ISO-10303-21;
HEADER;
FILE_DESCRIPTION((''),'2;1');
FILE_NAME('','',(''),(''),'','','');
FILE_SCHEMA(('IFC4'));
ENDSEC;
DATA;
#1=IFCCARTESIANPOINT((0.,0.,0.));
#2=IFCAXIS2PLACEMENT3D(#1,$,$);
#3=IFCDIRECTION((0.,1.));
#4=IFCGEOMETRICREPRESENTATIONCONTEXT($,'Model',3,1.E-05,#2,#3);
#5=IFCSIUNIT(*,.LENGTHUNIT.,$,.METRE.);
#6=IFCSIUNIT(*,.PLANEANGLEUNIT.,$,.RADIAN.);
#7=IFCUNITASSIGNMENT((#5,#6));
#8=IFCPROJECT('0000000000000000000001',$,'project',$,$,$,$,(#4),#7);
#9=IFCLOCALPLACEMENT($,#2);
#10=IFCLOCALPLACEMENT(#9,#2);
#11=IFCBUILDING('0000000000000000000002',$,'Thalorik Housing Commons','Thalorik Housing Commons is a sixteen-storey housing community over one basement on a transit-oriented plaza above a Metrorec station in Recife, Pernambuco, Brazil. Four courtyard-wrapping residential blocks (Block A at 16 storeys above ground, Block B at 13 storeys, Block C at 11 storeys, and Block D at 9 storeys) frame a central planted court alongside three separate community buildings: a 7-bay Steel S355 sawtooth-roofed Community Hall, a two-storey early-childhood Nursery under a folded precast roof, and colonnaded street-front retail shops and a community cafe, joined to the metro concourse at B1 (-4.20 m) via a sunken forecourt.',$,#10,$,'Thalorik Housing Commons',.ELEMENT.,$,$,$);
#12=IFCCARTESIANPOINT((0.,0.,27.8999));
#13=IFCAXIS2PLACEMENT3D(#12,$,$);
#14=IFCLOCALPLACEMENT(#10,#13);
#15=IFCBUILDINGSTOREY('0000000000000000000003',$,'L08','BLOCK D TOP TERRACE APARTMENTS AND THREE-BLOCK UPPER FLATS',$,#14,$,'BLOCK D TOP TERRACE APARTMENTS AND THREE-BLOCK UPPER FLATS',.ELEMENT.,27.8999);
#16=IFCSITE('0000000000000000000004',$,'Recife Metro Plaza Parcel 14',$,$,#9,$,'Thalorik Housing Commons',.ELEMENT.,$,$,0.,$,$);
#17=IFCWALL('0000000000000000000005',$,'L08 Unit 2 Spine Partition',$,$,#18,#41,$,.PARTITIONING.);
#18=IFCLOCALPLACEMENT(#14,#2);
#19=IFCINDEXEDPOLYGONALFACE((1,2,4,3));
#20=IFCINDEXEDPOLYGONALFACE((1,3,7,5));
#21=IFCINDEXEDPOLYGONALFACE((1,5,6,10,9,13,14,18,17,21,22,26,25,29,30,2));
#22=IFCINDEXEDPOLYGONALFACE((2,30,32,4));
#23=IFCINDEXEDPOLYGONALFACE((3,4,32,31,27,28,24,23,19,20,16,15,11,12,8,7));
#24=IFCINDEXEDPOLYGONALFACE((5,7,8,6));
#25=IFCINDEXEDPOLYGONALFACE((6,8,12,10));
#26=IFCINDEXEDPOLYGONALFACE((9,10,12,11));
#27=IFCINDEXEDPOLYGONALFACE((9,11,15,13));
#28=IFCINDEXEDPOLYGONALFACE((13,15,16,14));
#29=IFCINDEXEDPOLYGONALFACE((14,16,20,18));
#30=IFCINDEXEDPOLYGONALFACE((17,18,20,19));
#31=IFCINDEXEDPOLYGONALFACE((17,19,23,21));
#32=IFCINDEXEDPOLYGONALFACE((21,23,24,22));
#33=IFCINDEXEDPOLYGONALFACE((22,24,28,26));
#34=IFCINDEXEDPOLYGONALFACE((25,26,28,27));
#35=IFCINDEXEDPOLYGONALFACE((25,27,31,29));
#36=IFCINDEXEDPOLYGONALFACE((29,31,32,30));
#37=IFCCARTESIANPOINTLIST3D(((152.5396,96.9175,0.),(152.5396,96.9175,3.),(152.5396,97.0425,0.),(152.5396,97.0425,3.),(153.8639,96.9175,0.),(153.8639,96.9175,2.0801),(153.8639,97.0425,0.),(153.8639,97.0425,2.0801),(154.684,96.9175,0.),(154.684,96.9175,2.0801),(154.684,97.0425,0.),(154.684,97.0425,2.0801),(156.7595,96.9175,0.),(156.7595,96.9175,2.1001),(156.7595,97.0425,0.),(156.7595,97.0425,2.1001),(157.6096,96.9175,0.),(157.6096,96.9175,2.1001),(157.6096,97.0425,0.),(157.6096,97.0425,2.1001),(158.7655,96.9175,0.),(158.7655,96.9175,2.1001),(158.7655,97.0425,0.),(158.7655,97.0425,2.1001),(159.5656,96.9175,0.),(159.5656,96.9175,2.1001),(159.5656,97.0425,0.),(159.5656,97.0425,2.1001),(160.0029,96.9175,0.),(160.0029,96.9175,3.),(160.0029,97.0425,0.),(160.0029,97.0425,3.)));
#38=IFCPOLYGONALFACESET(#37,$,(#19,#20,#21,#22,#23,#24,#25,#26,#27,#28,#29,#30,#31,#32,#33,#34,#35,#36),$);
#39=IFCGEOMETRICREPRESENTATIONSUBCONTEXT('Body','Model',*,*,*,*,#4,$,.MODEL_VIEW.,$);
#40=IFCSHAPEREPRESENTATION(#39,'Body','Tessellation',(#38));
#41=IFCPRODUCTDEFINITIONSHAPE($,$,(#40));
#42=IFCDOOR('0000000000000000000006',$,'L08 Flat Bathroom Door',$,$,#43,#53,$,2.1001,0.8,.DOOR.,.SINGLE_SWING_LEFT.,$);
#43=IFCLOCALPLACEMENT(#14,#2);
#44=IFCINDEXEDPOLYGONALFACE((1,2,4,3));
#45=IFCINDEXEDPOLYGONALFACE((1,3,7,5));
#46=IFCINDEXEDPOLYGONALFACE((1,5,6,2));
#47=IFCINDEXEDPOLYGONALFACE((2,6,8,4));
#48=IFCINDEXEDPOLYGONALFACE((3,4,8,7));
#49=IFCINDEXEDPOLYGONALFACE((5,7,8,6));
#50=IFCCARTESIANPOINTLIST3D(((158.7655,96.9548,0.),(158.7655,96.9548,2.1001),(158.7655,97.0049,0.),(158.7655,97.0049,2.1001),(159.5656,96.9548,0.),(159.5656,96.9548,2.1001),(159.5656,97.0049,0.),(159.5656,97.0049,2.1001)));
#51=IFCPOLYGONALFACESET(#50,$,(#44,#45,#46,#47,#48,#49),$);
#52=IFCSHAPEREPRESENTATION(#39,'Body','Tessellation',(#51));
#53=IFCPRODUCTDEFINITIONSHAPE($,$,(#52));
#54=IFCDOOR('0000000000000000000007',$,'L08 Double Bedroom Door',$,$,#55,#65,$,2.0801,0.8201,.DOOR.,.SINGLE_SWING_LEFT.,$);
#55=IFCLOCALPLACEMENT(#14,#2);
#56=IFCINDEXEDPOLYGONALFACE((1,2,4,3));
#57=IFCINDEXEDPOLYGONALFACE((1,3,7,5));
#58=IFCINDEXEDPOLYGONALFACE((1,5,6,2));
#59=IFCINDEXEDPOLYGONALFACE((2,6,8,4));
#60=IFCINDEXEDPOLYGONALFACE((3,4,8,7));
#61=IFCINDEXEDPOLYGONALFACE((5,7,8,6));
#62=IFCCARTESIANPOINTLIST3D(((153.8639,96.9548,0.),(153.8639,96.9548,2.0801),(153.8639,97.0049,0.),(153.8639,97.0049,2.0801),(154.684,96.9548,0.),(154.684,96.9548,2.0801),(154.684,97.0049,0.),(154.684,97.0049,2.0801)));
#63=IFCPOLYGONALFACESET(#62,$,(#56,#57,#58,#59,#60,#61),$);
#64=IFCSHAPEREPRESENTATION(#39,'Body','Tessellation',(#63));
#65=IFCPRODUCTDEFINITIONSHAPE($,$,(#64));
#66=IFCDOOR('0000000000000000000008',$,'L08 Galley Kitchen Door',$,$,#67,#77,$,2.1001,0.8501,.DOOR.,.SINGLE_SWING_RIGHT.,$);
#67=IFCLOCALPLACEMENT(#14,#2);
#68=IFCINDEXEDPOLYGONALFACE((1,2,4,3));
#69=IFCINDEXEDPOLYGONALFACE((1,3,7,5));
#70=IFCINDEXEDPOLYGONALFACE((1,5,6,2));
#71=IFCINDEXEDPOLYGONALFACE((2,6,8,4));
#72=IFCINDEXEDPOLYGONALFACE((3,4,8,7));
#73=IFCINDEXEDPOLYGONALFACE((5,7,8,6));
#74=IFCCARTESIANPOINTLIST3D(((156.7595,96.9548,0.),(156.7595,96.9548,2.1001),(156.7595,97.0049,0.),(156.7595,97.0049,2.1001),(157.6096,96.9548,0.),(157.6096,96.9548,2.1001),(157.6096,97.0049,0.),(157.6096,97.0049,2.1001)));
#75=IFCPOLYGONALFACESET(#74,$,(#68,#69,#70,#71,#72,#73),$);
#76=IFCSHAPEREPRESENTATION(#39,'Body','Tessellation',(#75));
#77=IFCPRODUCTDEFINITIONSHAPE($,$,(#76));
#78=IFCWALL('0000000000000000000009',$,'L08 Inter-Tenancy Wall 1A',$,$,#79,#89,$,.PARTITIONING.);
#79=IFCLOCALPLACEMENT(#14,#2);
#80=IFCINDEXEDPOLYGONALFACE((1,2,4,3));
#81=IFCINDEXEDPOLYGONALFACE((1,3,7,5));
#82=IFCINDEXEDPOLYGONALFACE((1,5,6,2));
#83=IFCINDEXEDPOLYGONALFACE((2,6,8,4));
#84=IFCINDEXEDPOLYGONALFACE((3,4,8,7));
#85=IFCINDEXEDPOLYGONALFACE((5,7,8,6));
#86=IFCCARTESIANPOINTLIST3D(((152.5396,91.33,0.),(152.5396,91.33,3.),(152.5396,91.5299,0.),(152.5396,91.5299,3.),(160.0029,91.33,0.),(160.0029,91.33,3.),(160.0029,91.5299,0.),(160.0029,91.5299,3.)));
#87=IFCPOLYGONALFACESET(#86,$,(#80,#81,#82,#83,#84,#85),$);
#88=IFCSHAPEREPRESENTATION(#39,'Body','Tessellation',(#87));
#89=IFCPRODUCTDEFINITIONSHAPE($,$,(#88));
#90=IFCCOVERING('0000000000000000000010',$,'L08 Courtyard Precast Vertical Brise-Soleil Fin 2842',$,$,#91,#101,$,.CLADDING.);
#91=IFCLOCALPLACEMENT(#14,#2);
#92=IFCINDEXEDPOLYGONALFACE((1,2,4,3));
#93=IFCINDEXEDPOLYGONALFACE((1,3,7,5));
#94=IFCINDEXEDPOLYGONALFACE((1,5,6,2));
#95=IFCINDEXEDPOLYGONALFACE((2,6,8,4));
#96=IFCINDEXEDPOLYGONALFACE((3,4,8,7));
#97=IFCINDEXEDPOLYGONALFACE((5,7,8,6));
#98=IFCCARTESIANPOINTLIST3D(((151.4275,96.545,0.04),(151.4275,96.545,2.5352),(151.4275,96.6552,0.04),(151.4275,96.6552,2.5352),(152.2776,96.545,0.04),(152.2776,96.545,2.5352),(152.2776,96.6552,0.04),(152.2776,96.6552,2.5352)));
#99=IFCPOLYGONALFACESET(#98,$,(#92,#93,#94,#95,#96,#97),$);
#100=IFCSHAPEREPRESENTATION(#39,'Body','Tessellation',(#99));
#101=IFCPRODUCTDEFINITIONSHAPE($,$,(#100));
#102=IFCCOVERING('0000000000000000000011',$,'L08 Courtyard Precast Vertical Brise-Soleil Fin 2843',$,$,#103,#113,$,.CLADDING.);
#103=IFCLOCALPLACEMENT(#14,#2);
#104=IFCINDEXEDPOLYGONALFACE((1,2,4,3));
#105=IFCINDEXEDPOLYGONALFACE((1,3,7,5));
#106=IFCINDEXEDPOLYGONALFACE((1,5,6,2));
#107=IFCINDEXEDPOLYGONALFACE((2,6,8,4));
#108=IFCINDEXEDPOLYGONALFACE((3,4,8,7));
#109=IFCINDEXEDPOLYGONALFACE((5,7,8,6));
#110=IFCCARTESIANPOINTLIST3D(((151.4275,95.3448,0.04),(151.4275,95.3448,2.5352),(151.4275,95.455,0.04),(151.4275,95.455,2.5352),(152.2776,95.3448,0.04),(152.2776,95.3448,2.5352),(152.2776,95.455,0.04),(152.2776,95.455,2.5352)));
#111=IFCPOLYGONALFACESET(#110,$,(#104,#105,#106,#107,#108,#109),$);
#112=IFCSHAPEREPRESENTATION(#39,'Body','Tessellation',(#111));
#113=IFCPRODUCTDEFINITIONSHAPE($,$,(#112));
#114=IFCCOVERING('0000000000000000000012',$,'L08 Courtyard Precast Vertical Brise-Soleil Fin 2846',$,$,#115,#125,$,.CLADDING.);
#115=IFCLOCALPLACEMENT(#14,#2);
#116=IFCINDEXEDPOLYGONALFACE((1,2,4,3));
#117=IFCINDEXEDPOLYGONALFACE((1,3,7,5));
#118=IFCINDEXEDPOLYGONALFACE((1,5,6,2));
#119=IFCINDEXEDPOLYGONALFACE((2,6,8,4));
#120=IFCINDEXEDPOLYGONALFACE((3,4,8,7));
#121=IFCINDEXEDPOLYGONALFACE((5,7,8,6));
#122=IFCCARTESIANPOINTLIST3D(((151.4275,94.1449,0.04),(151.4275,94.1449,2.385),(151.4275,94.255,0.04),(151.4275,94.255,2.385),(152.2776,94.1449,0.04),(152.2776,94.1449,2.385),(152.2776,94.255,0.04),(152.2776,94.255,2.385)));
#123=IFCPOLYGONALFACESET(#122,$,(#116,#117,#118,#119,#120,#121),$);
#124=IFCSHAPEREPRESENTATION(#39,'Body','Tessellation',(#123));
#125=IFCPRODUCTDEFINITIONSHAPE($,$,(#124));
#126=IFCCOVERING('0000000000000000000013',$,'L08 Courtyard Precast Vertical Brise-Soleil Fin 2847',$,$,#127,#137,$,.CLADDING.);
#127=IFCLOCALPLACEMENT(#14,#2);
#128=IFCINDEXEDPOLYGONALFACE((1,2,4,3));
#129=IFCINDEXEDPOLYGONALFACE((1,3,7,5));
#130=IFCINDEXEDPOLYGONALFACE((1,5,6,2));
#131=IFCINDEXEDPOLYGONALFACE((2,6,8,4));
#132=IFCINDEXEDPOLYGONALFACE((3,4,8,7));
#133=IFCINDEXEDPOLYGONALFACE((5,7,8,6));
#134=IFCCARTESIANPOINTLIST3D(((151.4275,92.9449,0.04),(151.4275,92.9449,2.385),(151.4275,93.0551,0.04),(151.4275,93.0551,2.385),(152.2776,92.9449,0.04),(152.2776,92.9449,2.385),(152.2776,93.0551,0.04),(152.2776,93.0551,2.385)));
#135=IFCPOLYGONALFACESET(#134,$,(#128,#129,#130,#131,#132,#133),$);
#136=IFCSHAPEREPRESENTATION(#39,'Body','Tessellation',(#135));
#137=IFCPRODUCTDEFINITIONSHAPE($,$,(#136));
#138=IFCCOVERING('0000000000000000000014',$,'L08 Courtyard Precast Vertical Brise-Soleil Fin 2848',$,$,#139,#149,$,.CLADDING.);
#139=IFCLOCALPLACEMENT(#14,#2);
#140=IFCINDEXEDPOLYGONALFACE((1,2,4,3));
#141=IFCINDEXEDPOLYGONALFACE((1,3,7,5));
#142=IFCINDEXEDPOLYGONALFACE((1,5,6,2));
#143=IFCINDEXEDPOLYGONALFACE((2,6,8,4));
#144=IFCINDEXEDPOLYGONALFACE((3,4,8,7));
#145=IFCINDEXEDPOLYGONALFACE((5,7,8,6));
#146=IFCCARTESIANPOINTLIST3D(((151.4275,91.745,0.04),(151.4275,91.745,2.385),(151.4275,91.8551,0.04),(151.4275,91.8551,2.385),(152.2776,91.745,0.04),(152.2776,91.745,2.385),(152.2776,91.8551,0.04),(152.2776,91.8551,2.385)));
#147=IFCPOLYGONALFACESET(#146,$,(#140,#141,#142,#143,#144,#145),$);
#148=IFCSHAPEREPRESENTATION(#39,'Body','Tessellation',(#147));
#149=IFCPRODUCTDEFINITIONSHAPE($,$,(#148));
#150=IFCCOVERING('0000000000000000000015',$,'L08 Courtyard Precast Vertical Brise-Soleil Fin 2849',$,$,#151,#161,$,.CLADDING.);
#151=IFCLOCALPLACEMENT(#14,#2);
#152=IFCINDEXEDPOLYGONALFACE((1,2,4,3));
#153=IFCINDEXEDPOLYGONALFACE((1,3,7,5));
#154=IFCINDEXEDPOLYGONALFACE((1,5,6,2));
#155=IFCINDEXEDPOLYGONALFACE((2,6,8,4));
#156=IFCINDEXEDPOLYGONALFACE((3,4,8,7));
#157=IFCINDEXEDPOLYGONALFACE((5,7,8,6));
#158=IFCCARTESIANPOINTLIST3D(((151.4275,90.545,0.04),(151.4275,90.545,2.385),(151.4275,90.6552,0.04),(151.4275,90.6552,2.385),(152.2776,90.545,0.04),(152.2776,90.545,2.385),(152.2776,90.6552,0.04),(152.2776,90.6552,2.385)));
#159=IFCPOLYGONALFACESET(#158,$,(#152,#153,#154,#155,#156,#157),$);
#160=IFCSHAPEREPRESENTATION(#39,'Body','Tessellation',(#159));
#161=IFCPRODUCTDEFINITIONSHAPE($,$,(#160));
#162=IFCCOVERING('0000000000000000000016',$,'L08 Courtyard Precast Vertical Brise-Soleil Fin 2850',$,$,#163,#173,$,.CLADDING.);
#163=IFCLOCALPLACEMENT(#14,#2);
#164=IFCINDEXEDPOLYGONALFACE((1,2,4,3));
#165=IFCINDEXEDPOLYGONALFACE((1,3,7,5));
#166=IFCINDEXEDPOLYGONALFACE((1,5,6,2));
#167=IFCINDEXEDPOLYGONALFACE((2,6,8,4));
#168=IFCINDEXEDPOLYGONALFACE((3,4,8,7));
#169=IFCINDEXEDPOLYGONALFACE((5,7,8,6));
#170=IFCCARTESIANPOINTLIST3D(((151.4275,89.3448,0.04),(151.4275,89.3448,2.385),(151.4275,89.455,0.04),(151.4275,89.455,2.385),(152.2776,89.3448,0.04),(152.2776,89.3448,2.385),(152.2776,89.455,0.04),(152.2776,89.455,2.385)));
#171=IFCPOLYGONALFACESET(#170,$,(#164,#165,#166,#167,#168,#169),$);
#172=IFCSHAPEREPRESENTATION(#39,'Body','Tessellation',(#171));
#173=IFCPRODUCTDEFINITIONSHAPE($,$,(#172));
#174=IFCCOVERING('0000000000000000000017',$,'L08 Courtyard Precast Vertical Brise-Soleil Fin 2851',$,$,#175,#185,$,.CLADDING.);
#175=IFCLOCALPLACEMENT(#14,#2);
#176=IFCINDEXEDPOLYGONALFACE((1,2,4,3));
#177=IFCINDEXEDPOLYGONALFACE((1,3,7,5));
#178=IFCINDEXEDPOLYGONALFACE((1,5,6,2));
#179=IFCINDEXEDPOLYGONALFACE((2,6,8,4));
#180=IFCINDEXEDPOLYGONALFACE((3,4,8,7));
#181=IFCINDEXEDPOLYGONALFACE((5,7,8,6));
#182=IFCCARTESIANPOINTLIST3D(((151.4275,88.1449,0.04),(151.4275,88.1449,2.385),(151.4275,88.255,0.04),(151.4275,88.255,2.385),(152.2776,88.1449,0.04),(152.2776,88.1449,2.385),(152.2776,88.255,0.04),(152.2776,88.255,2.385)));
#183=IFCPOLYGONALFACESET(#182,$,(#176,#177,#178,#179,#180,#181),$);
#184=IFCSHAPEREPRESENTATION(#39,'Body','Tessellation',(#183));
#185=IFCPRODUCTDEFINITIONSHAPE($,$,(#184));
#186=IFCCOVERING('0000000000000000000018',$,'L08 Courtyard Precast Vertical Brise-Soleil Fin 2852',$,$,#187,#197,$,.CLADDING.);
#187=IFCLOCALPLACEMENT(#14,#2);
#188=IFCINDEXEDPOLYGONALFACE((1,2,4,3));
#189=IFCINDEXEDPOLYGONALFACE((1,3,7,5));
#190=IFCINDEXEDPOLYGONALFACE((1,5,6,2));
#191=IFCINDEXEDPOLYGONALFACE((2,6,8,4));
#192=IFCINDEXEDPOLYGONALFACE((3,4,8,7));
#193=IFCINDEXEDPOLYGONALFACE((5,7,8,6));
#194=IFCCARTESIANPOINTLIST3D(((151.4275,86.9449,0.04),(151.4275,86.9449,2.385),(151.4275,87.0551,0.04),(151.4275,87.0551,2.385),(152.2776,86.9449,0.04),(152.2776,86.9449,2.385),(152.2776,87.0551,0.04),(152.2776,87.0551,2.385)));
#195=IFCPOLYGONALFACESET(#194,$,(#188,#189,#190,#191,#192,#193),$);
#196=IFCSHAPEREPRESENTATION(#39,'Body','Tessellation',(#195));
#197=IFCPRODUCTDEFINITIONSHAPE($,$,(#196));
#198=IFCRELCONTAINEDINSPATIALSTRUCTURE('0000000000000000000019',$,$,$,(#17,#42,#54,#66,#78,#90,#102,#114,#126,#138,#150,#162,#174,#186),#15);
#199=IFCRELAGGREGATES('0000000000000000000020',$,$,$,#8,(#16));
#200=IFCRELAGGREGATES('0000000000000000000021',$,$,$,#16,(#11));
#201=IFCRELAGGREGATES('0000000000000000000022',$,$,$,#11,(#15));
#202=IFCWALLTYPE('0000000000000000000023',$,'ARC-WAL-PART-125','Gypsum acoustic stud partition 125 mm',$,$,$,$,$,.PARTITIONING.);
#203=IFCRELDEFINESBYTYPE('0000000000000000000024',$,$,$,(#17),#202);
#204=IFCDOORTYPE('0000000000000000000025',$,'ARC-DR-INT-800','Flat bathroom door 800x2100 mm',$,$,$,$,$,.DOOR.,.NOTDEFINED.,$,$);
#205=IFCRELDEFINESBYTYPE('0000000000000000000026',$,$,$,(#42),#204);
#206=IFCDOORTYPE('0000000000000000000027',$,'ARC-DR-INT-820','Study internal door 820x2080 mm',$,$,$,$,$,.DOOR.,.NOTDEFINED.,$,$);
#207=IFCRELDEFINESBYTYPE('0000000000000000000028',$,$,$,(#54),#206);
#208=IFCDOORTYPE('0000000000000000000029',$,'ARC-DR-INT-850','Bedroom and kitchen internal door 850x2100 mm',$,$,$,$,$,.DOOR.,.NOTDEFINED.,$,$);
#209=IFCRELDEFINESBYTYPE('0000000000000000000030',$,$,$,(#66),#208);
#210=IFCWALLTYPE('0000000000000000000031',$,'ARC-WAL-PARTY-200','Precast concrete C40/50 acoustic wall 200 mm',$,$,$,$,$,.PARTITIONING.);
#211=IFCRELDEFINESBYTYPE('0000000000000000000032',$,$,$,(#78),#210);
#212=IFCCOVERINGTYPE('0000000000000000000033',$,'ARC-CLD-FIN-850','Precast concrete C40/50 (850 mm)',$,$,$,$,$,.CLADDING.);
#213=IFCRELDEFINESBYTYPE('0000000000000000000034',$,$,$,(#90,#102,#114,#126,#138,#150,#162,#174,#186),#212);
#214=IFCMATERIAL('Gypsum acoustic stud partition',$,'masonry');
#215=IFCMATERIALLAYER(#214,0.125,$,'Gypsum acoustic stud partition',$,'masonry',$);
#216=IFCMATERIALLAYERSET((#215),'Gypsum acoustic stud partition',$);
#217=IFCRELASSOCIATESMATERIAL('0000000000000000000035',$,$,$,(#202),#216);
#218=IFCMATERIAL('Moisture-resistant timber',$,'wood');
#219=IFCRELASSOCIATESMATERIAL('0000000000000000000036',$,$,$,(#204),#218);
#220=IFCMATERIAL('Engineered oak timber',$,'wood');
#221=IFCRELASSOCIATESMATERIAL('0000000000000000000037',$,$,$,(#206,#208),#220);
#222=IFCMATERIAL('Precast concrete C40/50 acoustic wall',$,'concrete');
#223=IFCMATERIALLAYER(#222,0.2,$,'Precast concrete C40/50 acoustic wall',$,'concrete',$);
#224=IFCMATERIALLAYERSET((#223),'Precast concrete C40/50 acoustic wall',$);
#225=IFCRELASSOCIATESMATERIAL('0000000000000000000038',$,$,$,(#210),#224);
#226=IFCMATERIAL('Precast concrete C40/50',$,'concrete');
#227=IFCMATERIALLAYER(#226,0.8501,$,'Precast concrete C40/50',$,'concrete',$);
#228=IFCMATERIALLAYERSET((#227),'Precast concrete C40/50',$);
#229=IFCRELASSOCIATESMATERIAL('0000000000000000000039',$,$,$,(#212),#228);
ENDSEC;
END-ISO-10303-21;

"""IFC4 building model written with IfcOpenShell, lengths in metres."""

from ifc_helpers import new_model, si_unit, direction, frame, frame_2d, origin, origin_2d, place, context, subcontext, project, spatial, rectangle, extrude, material, layer, layer_set, type_object, element, fill, save


model = new_model("IFC4")

# Units and contexts
model_context = context("Model", 3, precision=1e-05, world=origin(), true_north=direction((0.0, 1.0)))
body_context = subcontext(model_context, "Body", "Model", "MODEL_VIEW")
ifc_project = project(units=[si_unit("LENGTHUNIT", "METRE"), si_unit("PLANEANGLEUNIT", "RADIAN")], contexts=[model_context])

# Site, building, storey
site_placement = place(None, origin())
site = spatial("IfcSite", under=ifc_project, at=site_placement, Name="Recife Metro Plaza Parcel 14", LongName="Thalorik Housing Commons", CompositionType="ELEMENT", RefElevation=0.0)
building_placement = place(site_placement, origin())
building = spatial("IfcBuilding", under=site, at=building_placement, Name="Thalorik Housing Commons", Description="Thalorik Housing Commons is a sixteen-storey housing community over one basement on a transit-oriented plaza above a Metrorec station in Recife, Pernambuco, Brazil. Four courtyard-wrapping residential blocks (Block A at 16 storeys above ground, Block B at 13 storeys, Block C at 11 storeys, and Block D at 9 storeys) frame a central planted court alongside three separate community buildings: a 7-bay Steel S355 sawtooth-roofed Community Hall, a two-storey early-childhood Nursery under a folded precast roof, and colonnaded street-front retail shops and a community cafe, joined to the metro concourse at B1 (-4.20 m) via a sunken forecourt.", LongName="Thalorik Housing Commons", CompositionType="ELEMENT")
storey_placement = place(building_placement, frame((0.0, 0.0, 27.8999)))
storey = spatial("IfcBuildingStorey", under=building, at=storey_placement, Name="L08", Description="BLOCK D TOP TERRACE APARTMENTS AND THREE-BLOCK UPPER FLATS", LongName="BLOCK D TOP TERRACE APARTMENTS AND THREE-BLOCK UPPER FLATS", CompositionType="ELEMENT", Elevation=27.8999)

# Shared definitions
ifc_material_1 = material(Name="Precast concrete C40/50", Category="concrete")

# Wall, openings, doors
ifc_material_2 = material(Name="Gypsum acoustic stud partition", Category="masonry")
ifc_layer_1 = layer(ifc_material_2, 0.125, Name="Gypsum acoustic stud partition", Category="masonry")
ifc_layer_set_1 = layer_set([ifc_layer_1], Name="Gypsum acoustic stud partition")
wall_type_1 = type_object("IfcWallType", Name="ARC-WAL-PART-125", Description="Gypsum acoustic stud partition 125 mm", PredefinedType="PARTITIONING", material=ifc_layer_set_1)
wall_1_placement = place(storey_placement, frame((152.5396, 96.98, 0.0), z_axis=(0.0, 0.0, 1.0), x_axis=(1.0, 0.0, 0.0)))
wall_1 = element("IfcWall", 1, at=wall_1_placement, inside=storey, type_object=wall_type_1, Name="L08 Unit 2 Spine Partition", PredefinedType="PARTITIONING", context=body_context, shape_type="SweptSolid", body=[
    extrude(rectangle(XDim=7.4634, YDim=0.125, at=frame_2d((3.7317, 0.0))), origin(), (0.0, 0.0, 1.0), 3.0),
])
opening_1_placement = place(wall_1_placement, frame((1.3242, 0.0, 0.0)))
opening_1 = element("IfcOpeningElement", 2, at=opening_1_placement, cuts=wall_1, PredefinedType="OPENING", context=body_context, shape_type="SweptSolid", body=[
    extrude(rectangle(XDim=0.8201, YDim=2.0801, at=frame_2d((0.4102, 1.04))), frame((0.0, 0.0725, 0.0), z_axis=(0.0, -1.0, 0.0), x_axis=(1.0, 0.0, 0.0)), (0.0, 0.0, 1.0), 0.145),
])
opening_2_placement = place(wall_1_placement, frame((4.22, 0.0, 0.0)))
opening_2 = element("IfcOpeningElement", 3, at=opening_2_placement, cuts=wall_1, PredefinedType="OPENING", context=body_context, shape_type="SweptSolid", body=[
    extrude(rectangle(XDim=0.8501, YDim=2.1001, at=frame_2d((0.425, 1.05))), frame((0.0, 0.0725, 0.0), z_axis=(0.0, -1.0, 0.0), x_axis=(1.0, 0.0, 0.0)), (0.0, 0.0, 1.0), 0.145),
])
opening_3_placement = place(wall_1_placement, frame((6.2261, 0.0, 0.0)))
opening_3 = element("IfcOpeningElement", 4, at=opening_3_placement, cuts=wall_1, PredefinedType="OPENING", context=body_context, shape_type="SweptSolid", body=[
    extrude(rectangle(XDim=0.8, YDim=2.1001, at=frame_2d((0.3999, 1.05))), frame((0.0, 0.0725, 0.0), z_axis=(0.0, -1.0, 0.0), x_axis=(1.0, 0.0, 0.0)), (0.0, 0.0, 1.0), 0.145),
])
ifc_material_3 = material(Name="Moisture-resistant timber", Category="wood")
door_type_1 = type_object("IfcDoorType", Name="ARC-DR-INT-800", Description="Flat bathroom door 800x2100 mm", OperationType="NOTDEFINED", PredefinedType="DOOR", material=ifc_material_3)
door_1_placement = place(opening_3_placement, origin())
door_1 = element("IfcDoor", 5, at=door_1_placement, inside=storey, type_object=door_type_1, Name="L08 Flat Bathroom Door", OperationType="SINGLE_SWING_LEFT", OverallHeight=2.1001, OverallWidth=0.8, PredefinedType="DOOR", context=body_context, shape_type="SweptSolid", body=[
    extrude(rectangle(XDim=0.8, YDim=2.1001, at=frame_2d((0.3999, 1.05))), frame((0.0, 0.0249, 0.0), z_axis=(0.0, -1.0, 0.0), x_axis=(1.0, 0.0, 0.0)), (0.0, 0.0, 1.0), 0.05),
])
fill(opening_3, door_1)
ifc_material_4 = material(Name="Engineered oak timber", Category="wood")
door_type_2 = type_object("IfcDoorType", Name="ARC-DR-INT-820", Description="Study internal door 820x2080 mm", OperationType="NOTDEFINED", PredefinedType="DOOR", material=ifc_material_4)
door_2_placement = place(opening_1_placement, origin())
door_2 = element("IfcDoor", 6, at=door_2_placement, inside=storey, type_object=door_type_2, Name="L08 Double Bedroom Door", OperationType="SINGLE_SWING_LEFT", OverallHeight=2.0801, OverallWidth=0.8201, PredefinedType="DOOR", context=body_context, shape_type="SweptSolid", body=[
    extrude(rectangle(XDim=0.8201, YDim=2.0801, at=frame_2d((0.4102, 1.04))), frame((0.0, 0.0249, 0.0), z_axis=(0.0, -1.0, 0.0), x_axis=(1.0, 0.0, 0.0)), (0.0, 0.0, 1.0), 0.05),
])
fill(opening_1, door_2)
door_type_3 = type_object("IfcDoorType", Name="ARC-DR-INT-850", Description="Bedroom and kitchen internal door 850x2100 mm", OperationType="NOTDEFINED", PredefinedType="DOOR", material=ifc_material_4)
door_3_placement = place(opening_2_placement, origin())
door_3 = element("IfcDoor", 7, at=door_3_placement, inside=storey, type_object=door_type_3, Name="L08 Galley Kitchen Door", OperationType="SINGLE_SWING_RIGHT", OverallHeight=2.1001, OverallWidth=0.8501, PredefinedType="DOOR", context=body_context, shape_type="SweptSolid", body=[
    extrude(rectangle(XDim=0.8501, YDim=2.1001, at=frame_2d((0.425, 1.05))), frame((0.0, 0.0249, 0.0), z_axis=(0.0, -1.0, 0.0), x_axis=(1.0, 0.0, 0.0)), (0.0, 0.0, 1.0), 0.05),
])
fill(opening_2, door_3)

# Wall
ifc_material_5 = material(Name="Precast concrete C40/50 acoustic wall", Category="concrete")
ifc_layer_2 = layer(ifc_material_5, 0.2, Name="Precast concrete C40/50 acoustic wall", Category="concrete")
ifc_layer_set_2 = layer_set([ifc_layer_2], Name="Precast concrete C40/50 acoustic wall")
wall_type_2 = type_object("IfcWallType", Name="ARC-WAL-PARTY-200", Description="Precast concrete C40/50 acoustic wall 200 mm", PredefinedType="PARTITIONING", material=ifc_layer_set_2)
wall_2_placement = place(storey_placement, frame((152.5396, 91.4299, 0.0), z_axis=(0.0, 0.0, 1.0), x_axis=(1.0, 0.0, 0.0)))
element("IfcWall", 8, at=wall_2_placement, inside=storey, type_object=wall_type_2, Name="L08 Inter-Tenancy Wall 1A", PredefinedType="PARTITIONING", context=body_context, shape_type="SweptSolid", body=[
    extrude(rectangle(XDim=7.4634, YDim=0.2, at=frame_2d((3.7317, 0.0))), origin(), (0.0, 0.0, 1.0), 3.0),
])

# Coverings
ifc_layer_3 = layer(ifc_material_1, 0.8501, Name="Precast concrete C40/50", Category="concrete")
ifc_layer_set_3 = layer_set([ifc_layer_3], Name="Precast concrete C40/50")
covering_type_1 = type_object("IfcCoveringType", Name="ARC-CLD-FIN-850", Description="Precast concrete C40/50 (850 mm)", PredefinedType="CLADDING", material=ifc_layer_set_3)
for number, where, z_axis, x_axis, name in (
    (9, (151.8525, 96.6001, 0.04), (0.0, 0.0, 1.0), (0.0, -1.0, 0.0), "L08 Courtyard Precast Vertical Brise-Soleil Fin 2842"),
    (10, (151.8525, 95.3999, 0.04), (0.0, 0.0, 1.0), (0.0, -1.0, 0.0), "L08 Courtyard Precast Vertical Brise-Soleil Fin 2843"),
):
    element("IfcCovering", number, at=place(storey_placement, frame(where, z_axis=z_axis, x_axis=x_axis)), inside=storey, type_object=covering_type_1, Name=name, PredefinedType="CLADDING", context=body_context, shape_type="SweptSolid", body=[
        extrude(rectangle(XDim=0.1101, YDim=0.8501, at=origin_2d()), origin(), (0.0, 0.0, 1.0), 2.4951),
    ])
for number, where, z_axis, x_axis, name in (
    (11, (151.8525, 94.2, 0.04), (0.0, 0.0, 1.0), (0.0, -1.0, 0.0), "L08 Courtyard Precast Vertical Brise-Soleil Fin 2846"),
    (12, (151.8525, 93.0, 0.04), (0.0, 0.0, 1.0), (0.0, -1.0, 0.0), "L08 Courtyard Precast Vertical Brise-Soleil Fin 2847"),
    (13, (151.8525, 91.8, 0.04), (0.0, 0.0, 1.0), (0.0, -1.0, 0.0), "L08 Courtyard Precast Vertical Brise-Soleil Fin 2848"),
    (14, (151.8525, 90.6001, 0.04), (0.0, 0.0, 1.0), (0.0, -1.0, 0.0), "L08 Courtyard Precast Vertical Brise-Soleil Fin 2849"),
    (15, (151.8525, 89.3999, 0.04), (0.0, 0.0, 1.0), (0.0, -1.0, 0.0), "L08 Courtyard Precast Vertical Brise-Soleil Fin 2850"),
    (16, (151.8525, 88.2, 0.04), (0.0, 0.0, 1.0), (0.0, -1.0, 0.0), "L08 Courtyard Precast Vertical Brise-Soleil Fin 2851"),
    (17, (151.8525, 87.0, 0.04), (0.0, 0.0, 1.0), (0.0, -1.0, 0.0), "L08 Courtyard Precast Vertical Brise-Soleil Fin 2852"),
):
    element("IfcCovering", number, at=place(storey_placement, frame(where, z_axis=z_axis, x_axis=x_axis)), inside=storey, type_object=covering_type_1, Name=name, PredefinedType="CLADDING", context=body_context, shape_type="SweptSolid", body=[
        extrude(rectangle(XDim=0.1101, YDim=0.8501, at=origin_2d()), origin(), (0.0, 0.0, 1.0), 2.345),
    ])

save(model, "model.ifc")
